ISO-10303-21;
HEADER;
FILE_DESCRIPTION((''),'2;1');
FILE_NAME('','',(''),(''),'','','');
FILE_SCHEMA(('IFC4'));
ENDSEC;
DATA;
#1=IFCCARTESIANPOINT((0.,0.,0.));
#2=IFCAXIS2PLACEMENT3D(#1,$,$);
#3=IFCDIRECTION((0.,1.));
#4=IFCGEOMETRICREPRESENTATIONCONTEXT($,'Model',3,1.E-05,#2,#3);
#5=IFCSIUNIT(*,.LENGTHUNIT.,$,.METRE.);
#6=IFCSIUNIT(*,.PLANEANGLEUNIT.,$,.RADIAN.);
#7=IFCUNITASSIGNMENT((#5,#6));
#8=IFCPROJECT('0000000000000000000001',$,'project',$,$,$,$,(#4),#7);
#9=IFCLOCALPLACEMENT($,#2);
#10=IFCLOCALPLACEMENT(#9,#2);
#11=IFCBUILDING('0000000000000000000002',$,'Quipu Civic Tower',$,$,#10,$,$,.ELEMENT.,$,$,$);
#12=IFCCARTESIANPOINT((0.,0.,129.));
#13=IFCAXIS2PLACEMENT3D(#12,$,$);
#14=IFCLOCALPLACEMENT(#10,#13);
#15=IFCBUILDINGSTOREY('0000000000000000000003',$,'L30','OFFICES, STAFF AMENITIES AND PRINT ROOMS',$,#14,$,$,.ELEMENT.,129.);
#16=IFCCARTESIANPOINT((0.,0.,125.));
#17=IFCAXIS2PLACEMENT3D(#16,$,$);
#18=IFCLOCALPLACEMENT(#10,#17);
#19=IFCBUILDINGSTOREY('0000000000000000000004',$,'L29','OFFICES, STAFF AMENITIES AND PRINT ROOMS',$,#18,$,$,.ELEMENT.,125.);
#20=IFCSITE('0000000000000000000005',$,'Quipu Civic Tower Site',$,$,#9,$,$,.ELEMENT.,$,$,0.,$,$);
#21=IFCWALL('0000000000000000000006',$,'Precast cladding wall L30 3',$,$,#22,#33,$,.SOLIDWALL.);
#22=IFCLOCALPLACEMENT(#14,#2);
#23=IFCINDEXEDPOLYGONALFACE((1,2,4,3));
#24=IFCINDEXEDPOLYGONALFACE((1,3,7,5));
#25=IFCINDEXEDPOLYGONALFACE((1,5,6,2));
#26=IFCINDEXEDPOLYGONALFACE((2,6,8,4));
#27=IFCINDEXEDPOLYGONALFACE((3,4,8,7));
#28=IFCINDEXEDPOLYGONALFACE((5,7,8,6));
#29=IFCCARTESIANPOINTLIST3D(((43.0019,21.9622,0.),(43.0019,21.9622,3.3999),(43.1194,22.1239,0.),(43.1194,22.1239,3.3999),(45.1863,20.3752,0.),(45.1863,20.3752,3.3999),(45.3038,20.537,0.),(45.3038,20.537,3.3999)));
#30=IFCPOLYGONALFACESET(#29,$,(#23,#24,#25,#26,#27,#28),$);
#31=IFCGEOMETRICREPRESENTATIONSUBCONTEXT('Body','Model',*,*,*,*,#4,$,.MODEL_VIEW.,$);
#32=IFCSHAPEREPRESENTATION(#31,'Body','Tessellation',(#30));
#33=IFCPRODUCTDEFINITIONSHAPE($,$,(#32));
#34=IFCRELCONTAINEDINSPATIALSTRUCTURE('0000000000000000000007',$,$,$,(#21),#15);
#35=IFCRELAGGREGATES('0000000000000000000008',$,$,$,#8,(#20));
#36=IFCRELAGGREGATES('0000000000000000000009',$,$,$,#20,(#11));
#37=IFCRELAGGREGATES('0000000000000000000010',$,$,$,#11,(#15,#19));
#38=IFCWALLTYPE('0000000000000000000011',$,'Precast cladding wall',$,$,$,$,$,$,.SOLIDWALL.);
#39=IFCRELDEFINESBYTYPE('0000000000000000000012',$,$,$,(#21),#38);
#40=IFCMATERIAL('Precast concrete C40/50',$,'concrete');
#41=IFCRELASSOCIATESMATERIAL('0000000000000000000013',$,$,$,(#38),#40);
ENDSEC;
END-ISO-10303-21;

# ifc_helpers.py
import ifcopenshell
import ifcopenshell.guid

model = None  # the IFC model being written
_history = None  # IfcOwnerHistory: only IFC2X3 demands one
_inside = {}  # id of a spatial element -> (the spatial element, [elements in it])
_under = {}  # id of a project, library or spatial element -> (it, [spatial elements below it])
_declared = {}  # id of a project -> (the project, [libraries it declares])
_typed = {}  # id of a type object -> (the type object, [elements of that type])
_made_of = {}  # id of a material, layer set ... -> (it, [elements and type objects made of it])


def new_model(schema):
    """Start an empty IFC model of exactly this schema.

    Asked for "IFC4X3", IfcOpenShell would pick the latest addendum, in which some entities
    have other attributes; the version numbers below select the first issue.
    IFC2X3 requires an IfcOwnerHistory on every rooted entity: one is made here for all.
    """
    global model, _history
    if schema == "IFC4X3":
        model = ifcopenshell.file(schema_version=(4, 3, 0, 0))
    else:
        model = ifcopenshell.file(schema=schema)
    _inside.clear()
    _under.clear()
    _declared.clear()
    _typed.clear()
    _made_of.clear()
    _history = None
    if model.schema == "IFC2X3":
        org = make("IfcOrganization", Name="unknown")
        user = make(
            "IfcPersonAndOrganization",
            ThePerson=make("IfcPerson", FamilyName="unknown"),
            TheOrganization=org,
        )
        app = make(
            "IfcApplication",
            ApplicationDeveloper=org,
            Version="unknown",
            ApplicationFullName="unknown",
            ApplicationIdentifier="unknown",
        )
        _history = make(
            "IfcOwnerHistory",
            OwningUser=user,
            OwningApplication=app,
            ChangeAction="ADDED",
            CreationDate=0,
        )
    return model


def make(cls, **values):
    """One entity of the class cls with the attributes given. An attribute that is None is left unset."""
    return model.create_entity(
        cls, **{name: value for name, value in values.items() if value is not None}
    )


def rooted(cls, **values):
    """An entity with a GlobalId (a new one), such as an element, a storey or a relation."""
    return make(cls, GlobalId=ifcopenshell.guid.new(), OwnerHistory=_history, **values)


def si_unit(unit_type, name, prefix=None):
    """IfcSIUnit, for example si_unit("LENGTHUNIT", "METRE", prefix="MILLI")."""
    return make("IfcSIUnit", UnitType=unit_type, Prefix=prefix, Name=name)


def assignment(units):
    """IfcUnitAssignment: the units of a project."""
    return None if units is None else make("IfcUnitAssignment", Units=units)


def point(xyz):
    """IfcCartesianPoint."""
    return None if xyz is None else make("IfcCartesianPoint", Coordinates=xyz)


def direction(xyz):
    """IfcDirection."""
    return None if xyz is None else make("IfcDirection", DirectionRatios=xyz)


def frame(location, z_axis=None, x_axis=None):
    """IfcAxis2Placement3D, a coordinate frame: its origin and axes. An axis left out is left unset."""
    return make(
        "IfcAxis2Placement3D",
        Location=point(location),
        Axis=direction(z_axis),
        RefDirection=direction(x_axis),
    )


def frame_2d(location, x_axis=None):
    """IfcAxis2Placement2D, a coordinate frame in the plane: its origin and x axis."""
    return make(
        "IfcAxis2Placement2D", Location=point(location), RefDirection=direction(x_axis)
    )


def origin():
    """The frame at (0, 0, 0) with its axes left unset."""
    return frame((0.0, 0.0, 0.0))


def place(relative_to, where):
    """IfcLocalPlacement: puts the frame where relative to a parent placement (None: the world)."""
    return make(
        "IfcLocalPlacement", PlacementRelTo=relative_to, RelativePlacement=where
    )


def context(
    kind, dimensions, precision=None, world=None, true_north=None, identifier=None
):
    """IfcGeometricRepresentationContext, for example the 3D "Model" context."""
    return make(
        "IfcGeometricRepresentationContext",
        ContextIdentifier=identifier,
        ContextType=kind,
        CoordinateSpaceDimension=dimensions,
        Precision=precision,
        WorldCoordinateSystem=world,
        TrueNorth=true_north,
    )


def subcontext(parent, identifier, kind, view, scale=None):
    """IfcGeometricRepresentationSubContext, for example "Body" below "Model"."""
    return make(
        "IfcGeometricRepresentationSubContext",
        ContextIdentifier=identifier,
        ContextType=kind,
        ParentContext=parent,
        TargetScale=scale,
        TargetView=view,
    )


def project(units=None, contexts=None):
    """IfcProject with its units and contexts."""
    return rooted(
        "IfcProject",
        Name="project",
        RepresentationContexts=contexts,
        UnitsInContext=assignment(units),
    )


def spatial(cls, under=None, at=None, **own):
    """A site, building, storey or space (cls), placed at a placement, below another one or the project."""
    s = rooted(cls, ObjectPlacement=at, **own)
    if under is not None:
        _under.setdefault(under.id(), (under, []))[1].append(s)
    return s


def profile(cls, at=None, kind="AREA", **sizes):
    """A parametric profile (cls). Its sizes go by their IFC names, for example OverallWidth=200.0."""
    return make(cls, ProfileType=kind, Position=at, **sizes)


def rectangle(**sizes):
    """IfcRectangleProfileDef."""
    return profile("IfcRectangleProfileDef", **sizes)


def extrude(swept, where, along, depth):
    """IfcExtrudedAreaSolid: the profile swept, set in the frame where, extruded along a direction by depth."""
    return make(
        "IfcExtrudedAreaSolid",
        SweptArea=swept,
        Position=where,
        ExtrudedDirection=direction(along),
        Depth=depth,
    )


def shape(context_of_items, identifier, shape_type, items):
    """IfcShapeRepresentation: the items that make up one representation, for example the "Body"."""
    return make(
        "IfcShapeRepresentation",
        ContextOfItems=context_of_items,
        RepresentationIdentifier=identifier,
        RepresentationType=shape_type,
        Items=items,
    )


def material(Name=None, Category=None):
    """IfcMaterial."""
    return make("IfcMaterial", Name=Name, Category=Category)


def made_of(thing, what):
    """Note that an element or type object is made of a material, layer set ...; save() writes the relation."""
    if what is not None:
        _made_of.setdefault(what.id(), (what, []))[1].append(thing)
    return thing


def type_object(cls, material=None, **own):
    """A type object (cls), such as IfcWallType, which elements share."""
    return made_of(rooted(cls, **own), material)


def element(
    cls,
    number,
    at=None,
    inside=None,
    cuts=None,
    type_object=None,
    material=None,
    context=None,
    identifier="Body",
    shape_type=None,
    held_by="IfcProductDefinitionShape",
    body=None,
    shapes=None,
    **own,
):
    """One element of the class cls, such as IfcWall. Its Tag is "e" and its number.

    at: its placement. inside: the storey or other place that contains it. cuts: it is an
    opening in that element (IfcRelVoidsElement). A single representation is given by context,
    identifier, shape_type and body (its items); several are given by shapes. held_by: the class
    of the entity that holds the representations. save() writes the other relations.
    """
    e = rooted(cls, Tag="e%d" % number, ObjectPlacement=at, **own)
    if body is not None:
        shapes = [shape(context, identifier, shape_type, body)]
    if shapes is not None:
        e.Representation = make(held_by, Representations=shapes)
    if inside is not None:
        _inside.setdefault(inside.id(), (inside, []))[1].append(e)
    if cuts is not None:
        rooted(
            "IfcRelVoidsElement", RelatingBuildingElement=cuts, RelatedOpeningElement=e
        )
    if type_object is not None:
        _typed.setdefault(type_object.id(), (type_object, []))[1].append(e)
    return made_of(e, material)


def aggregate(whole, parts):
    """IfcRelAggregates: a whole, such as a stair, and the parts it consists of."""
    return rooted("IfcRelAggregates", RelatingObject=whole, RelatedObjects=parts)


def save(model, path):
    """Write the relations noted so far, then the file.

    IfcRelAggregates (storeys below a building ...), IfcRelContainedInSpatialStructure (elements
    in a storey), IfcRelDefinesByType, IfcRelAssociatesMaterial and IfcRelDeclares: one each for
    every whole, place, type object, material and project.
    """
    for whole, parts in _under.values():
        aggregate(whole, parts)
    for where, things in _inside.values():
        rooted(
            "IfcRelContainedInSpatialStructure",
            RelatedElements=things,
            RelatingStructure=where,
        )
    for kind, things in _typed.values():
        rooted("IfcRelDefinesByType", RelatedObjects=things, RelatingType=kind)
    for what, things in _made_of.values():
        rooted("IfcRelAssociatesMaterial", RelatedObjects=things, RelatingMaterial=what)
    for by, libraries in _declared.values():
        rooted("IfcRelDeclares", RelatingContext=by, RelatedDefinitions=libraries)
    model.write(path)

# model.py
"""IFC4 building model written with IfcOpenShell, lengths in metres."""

from ifc_helpers import new_model, si_unit, direction, frame, frame_2d, origin, place, context, subcontext, project, spatial, rectangle, extrude, material, type_object, element, save


model = new_model("IFC4")

# Units and contexts
model_context = context("Model", 3, precision=1e-05, world=origin(), true_north=direction((0.0, 1.0)))
body_context = subcontext(model_context, "Body", "Model", "MODEL_VIEW")
ifc_project = project(units=[si_unit("LENGTHUNIT", "METRE"), si_unit("PLANEANGLEUNIT", "RADIAN")], contexts=[model_context])

# Site, building, storey
site_placement = place(None, origin())
site = spatial("IfcSite", under=ifc_project, at=site_placement, Name="Quipu Civic Tower Site", CompositionType="ELEMENT", RefElevation=0.0)
building_placement = place(site_placement, origin())
building = spatial("IfcBuilding", under=site, at=building_placement, Name="Quipu Civic Tower", CompositionType="ELEMENT")
storey_1_placement = place(building_placement, frame((0.0, 0.0, 129.0)))
storey_1 = spatial("IfcBuildingStorey", under=building, at=storey_1_placement, Name="L30", Description="OFFICES, STAFF AMENITIES AND PRINT ROOMS", CompositionType="ELEMENT", Elevation=129.0)

# Shared definitions
storey_2_placement = place(building_placement, frame((0.0, 0.0, 125.0)))
storey_2 = spatial("IfcBuildingStorey", under=building, at=storey_2_placement, Name="L29", Description="OFFICES, STAFF AMENITIES AND PRINT ROOMS", CompositionType="ELEMENT", Elevation=125.0)

# Wall
ifc_material_1 = material(Name="Precast concrete C40/50", Category="concrete")
wall_type_1 = type_object("IfcWallType", Name="Precast cladding wall", PredefinedType="SOLIDWALL", material=ifc_material_1)
for number, where, z_axis, x_axis, name in (
    (1, (45.2451, 20.4561, 0.0), (0.0, 0.0, 1.0), (-0.809033, 0.587763, 0.0), "Precast cladding wall L30 3"),
):
    element("IfcWall", number, at=place(storey_1_placement, frame(where, z_axis=z_axis, x_axis=x_axis)), inside=storey_1, type_object=wall_type_1, Name=name, PredefinedType="SOLIDWALL", context=body_context, shape_type="SweptSolid", body=[
        extrude(rectangle(XDim=2.7, YDim=0.2, at=frame_2d((1.3501, 0.0))), origin(), (0.0, 0.0, 1.0), 3.3999),
    ])

save(model, "model.ifc")
